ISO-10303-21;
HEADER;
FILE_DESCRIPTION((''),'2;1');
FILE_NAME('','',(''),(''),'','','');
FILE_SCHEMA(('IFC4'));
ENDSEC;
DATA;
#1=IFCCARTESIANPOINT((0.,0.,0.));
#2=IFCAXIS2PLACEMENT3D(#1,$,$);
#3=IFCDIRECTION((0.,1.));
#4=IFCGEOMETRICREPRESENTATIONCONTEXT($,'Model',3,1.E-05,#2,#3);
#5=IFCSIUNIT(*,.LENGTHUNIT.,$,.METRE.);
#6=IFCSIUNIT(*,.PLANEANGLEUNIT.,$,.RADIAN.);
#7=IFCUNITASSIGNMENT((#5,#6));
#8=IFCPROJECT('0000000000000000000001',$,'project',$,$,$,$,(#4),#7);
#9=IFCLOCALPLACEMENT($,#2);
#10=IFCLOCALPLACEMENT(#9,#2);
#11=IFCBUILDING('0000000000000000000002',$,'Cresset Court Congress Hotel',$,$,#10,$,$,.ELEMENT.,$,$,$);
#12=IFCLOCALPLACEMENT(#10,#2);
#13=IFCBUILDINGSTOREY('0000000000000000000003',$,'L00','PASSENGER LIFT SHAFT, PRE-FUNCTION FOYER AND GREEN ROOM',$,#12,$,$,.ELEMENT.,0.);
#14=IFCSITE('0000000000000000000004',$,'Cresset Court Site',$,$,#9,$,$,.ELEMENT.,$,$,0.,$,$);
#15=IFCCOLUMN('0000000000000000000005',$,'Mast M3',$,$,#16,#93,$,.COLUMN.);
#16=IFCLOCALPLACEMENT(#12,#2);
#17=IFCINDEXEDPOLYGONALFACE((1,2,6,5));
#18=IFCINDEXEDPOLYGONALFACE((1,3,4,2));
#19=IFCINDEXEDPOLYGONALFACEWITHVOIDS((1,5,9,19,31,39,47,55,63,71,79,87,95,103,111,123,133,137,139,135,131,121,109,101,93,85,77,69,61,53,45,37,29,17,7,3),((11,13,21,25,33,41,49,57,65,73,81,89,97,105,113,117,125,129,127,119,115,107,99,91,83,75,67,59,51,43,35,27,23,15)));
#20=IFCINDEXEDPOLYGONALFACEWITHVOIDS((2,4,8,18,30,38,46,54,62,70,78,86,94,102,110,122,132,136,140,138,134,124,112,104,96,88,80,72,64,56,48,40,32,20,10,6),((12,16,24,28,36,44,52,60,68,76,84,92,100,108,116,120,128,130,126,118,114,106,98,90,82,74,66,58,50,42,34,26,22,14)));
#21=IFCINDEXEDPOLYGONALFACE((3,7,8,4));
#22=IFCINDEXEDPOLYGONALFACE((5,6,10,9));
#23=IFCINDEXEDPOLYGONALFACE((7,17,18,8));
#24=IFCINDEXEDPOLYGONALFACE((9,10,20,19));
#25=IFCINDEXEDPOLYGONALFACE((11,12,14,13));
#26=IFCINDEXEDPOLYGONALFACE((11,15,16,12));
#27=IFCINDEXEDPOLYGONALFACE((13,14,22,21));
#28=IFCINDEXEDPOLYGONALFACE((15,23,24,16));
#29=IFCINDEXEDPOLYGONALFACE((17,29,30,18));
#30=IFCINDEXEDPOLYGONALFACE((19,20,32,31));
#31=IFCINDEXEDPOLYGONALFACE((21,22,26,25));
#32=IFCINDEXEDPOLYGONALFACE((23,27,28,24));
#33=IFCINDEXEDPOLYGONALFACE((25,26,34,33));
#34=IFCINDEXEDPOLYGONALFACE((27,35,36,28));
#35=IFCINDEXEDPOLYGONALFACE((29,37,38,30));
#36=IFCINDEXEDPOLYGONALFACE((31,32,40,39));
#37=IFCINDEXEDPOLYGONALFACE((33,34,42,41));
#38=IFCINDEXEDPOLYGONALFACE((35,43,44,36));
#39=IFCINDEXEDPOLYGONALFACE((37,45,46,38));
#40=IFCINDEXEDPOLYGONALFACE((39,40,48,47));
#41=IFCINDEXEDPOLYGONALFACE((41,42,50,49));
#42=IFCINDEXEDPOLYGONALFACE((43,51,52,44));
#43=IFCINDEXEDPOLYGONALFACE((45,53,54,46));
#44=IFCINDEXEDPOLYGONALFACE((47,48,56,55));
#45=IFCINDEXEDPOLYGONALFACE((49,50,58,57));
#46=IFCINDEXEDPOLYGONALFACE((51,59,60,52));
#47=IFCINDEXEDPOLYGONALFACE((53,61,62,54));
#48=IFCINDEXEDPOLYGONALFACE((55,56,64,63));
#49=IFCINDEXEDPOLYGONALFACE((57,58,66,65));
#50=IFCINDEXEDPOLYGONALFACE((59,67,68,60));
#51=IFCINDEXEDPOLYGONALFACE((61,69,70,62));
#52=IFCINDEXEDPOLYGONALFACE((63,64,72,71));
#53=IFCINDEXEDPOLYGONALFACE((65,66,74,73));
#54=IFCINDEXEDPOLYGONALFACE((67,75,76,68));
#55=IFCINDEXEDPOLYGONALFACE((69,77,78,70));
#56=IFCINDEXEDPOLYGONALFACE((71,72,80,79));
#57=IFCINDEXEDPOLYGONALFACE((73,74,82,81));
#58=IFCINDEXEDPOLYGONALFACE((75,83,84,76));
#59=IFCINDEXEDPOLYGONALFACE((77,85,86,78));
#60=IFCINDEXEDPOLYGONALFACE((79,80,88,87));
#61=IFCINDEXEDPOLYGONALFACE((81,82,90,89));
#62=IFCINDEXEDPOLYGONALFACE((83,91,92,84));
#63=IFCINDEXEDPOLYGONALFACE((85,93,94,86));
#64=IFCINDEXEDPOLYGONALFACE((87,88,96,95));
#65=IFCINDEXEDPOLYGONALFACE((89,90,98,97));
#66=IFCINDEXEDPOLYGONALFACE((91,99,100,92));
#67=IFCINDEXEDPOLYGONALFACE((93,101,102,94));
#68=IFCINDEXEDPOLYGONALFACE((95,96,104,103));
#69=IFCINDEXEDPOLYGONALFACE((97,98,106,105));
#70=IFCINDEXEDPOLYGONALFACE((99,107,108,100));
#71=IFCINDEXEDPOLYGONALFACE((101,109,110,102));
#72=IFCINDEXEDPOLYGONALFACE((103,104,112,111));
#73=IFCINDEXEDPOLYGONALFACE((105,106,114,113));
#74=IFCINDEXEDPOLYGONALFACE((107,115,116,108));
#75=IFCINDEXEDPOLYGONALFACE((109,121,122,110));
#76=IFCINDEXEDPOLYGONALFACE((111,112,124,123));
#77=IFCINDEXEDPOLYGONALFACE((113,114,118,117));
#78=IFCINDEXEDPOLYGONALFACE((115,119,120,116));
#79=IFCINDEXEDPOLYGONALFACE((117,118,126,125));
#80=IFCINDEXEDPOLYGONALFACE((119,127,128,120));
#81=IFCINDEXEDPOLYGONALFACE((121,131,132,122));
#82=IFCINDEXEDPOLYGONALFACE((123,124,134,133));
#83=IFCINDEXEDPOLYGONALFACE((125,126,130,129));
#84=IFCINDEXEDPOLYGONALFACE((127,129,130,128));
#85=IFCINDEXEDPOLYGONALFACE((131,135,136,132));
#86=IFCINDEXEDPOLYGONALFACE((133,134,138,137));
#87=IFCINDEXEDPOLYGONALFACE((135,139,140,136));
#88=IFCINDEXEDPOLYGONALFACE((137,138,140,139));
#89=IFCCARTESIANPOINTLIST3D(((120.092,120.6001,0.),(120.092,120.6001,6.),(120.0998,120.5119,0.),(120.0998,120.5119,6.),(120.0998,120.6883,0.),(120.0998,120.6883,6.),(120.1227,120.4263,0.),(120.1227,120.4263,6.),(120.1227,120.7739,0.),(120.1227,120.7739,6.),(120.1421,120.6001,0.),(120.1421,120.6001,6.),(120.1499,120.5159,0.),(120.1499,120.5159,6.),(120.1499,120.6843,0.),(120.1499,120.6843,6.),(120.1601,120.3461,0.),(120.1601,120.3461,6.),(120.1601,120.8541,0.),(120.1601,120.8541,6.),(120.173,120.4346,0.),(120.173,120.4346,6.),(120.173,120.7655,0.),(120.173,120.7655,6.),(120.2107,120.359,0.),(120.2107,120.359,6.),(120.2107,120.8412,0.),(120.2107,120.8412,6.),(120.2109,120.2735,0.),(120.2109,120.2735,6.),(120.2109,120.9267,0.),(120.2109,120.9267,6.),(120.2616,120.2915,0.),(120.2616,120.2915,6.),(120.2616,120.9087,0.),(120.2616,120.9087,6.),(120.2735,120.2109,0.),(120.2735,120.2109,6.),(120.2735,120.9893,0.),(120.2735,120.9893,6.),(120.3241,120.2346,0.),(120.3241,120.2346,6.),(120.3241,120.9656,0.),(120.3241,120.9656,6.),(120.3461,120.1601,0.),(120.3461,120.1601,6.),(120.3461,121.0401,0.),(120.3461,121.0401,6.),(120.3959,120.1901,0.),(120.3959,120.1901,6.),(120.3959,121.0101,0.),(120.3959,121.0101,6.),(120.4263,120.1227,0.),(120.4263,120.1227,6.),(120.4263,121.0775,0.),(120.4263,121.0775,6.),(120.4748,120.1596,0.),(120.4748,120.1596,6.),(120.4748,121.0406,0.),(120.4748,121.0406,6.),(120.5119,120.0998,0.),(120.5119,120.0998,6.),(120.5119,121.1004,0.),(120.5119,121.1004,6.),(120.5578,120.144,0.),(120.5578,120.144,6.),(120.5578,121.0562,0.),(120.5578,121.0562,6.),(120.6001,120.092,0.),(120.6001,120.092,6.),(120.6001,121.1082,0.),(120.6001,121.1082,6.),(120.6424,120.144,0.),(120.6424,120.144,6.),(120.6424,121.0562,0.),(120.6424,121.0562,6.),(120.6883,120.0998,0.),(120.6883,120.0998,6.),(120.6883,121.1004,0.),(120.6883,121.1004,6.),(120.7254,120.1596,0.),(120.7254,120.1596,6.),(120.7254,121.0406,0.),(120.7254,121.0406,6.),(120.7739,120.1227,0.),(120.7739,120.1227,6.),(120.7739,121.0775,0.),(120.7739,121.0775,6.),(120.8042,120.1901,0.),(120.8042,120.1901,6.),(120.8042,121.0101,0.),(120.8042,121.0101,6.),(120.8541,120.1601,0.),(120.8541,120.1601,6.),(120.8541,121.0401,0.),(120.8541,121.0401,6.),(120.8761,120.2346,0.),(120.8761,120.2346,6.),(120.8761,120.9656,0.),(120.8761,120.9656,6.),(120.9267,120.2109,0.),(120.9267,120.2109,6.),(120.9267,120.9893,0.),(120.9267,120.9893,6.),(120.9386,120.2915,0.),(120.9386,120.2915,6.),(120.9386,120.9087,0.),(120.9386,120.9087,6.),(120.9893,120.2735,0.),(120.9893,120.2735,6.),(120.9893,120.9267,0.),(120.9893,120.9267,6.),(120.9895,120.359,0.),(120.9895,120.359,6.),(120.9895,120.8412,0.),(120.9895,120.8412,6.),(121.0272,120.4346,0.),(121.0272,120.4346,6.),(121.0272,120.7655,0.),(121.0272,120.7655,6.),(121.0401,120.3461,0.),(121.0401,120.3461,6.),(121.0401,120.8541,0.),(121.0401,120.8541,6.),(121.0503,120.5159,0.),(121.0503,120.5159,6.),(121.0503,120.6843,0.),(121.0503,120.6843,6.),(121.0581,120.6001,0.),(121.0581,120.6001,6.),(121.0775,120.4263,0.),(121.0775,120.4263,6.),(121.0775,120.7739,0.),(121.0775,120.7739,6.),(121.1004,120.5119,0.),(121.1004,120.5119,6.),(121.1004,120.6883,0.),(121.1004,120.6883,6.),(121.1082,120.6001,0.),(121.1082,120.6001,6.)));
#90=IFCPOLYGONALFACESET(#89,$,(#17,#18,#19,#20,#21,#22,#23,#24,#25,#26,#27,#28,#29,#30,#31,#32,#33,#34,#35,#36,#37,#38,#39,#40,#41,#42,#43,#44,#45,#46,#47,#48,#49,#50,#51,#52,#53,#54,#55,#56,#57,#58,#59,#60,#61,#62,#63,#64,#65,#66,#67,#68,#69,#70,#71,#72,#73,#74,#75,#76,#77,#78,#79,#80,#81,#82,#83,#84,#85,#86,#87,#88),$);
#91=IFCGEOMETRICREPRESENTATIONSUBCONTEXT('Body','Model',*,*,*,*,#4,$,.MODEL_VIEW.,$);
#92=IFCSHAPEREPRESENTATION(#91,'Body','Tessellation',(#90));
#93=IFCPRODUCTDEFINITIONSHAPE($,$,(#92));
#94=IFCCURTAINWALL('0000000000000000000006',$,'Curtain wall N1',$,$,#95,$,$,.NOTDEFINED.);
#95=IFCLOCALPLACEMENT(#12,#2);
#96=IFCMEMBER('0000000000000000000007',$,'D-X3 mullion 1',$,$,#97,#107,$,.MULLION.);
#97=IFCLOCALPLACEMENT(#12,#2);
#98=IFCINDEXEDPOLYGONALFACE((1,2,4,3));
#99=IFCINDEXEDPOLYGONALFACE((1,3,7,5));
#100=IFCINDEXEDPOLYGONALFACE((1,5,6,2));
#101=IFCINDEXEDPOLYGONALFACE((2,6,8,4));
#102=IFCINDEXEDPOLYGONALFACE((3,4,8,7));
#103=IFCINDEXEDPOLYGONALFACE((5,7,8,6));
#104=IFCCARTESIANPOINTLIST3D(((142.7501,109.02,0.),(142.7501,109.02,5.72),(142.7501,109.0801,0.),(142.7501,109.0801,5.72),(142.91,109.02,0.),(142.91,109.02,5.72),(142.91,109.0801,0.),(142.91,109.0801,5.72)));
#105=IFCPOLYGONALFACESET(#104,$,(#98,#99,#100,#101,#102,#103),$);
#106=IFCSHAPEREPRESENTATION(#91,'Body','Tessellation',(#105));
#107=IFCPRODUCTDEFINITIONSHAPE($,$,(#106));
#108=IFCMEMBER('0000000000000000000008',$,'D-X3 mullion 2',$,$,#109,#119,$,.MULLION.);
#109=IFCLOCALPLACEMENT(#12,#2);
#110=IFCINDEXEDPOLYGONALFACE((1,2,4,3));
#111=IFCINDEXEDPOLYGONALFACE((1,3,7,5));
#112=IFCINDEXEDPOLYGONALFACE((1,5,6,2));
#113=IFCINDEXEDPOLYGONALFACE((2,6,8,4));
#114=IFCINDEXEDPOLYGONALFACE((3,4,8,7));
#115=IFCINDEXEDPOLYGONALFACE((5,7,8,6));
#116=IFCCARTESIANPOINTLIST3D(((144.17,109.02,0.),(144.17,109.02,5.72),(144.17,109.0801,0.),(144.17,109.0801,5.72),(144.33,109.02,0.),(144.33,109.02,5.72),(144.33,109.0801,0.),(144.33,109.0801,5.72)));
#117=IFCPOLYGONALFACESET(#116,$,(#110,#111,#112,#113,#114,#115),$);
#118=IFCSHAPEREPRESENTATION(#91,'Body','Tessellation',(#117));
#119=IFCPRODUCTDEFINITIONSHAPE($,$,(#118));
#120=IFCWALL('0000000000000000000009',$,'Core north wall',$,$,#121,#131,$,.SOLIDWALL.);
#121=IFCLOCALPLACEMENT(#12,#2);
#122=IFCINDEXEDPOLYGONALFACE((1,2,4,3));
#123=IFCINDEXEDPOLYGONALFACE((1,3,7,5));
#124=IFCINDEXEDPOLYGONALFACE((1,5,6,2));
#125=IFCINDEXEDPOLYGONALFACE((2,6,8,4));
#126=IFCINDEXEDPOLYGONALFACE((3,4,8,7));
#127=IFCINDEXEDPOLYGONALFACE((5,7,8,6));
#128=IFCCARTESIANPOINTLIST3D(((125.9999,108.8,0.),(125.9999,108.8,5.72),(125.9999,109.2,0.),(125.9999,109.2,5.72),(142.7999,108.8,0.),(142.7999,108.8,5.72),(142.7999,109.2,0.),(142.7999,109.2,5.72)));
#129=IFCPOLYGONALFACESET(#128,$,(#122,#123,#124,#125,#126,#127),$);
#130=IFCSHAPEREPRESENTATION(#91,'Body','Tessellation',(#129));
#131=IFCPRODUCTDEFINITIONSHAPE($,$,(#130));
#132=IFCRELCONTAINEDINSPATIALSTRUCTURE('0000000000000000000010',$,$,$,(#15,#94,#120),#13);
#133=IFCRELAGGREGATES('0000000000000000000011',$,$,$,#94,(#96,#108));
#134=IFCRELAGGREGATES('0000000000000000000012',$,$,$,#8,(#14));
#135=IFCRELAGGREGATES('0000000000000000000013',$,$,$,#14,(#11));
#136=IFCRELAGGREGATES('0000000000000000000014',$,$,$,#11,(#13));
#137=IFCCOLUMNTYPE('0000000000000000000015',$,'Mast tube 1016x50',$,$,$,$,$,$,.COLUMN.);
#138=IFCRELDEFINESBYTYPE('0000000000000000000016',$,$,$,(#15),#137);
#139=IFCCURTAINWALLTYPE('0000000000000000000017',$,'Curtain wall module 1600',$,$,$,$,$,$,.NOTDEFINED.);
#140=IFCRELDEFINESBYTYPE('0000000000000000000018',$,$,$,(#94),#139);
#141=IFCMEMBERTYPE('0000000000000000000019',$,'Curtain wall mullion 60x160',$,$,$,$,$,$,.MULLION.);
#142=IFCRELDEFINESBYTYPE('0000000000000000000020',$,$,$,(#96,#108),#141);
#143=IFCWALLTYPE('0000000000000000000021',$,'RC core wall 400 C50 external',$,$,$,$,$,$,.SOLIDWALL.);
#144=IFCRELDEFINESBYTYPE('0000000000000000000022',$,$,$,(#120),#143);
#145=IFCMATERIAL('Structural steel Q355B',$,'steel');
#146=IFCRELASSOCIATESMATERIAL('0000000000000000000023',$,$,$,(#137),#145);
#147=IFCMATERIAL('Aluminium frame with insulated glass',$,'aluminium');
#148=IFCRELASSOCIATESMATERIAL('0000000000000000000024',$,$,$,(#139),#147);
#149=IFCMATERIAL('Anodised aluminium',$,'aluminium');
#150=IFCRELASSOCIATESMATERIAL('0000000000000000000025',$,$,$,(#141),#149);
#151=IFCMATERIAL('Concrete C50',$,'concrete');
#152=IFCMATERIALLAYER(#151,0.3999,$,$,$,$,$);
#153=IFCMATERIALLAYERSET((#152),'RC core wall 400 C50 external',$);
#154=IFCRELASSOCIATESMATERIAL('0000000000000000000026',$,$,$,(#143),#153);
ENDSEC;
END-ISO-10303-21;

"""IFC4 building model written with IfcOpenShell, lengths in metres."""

from ifc_helpers import new_model, si_unit, direction, frame, frame_2d, origin, origin_2d, place, context, subcontext, project, spatial, rectangle, hollow_circle, extrude, material, layer, layer_set, material_profile, profile_set, type_object, element, aggregate, save


model = new_model("IFC4")

# Units and contexts
model_context = context("Model", 3, precision=1e-05, world=origin(), true_north=direction((0.0, 1.0)))
body_context = subcontext(model_context, "Body", "Model", "MODEL_VIEW")
ifc_project = project(units=[si_unit("LENGTHUNIT", "METRE"), si_unit("PLANEANGLEUNIT", "RADIAN")], contexts=[model_context])

# Site, building, storey
site_placement = place(None, origin())
site = spatial("IfcSite", under=ifc_project, at=site_placement, Name="Cresset Court Site", CompositionType="ELEMENT", RefElevation=0.0)
building_placement = place(site_placement, origin())
building = spatial("IfcBuilding", under=site, at=building_placement, Name="Cresset Court Congress Hotel", CompositionType="ELEMENT")
storey_placement = place(building_placement, origin())
storey = spatial("IfcBuildingStorey", under=building, at=storey_placement, Name="L00", Description="PASSENGER LIFT SHAFT, PRE-FUNCTION FOYER AND GREEN ROOM", CompositionType="ELEMENT", Elevation=0.0)

# Column
ifc_material_1 = material(Name="Structural steel Q355B", Category="steel")
ifc_material_profile_1 = material_profile(ifc_material_1, hollow_circle(Radius=0.5081, WallThickness=0.05, at=origin_2d()), Name="CHS1016x50")
ifc_profile_set_1 = profile_set([ifc_material_profile_1], Name="Structural steel Q355B")
column_type = type_object("IfcColumnType", Name="Mast tube 1016x50", PredefinedType="COLUMN", material=ifc_profile_set_1)
column_placement = place(storey_placement, frame((120.6001, 120.6001, 0.0), z_axis=(0.0, 0.0, 1.0), x_axis=(1.0, 0.0, 0.0)))
element("IfcColumn", 1, at=column_placement, inside=storey, type_object=column_type, Name="Mast M3", PredefinedType="COLUMN", context=body_context, shape_type="SweptSolid", body=[
    extrude(hollow_circle(Radius=0.5081, WallThickness=0.05, at=origin_2d()), origin(), (0.0, 0.0, 1.0), 6.0),
])

# Curtain wall, members
ifc_material_2 = material(Name="Aluminium frame with insulated glass", Category="aluminium")
curtain_wall_type = type_object("IfcCurtainWallType", Name="Curtain wall module 1600", PredefinedType="NOTDEFINED", material=ifc_material_2)
curtain_wall_placement = place(storey_placement, origin())
curtain_wall = element("IfcCurtainWall", 2, at=curtain_wall_placement, inside=storey, type_object=curtain_wall_type, Name="Curtain wall N1", PredefinedType="NOTDEFINED")
ifc_material_3 = material(Name="Anodised aluminium", Category="aluminium")
ifc_material_profile_2 = material_profile(ifc_material_3, rectangle(XDim=0.0601, YDim=0.1599, at=origin_2d()), Name="AL60x160")
ifc_profile_set_2 = profile_set([ifc_material_profile_2], Name="Anodised aluminium")
member_type = type_object("IfcMemberType", Name="Curtain wall mullion 60x160", PredefinedType="MULLION", material=ifc_profile_set_2)
member_1_placement = place(storey_placement, frame((142.8301, 109.05, 0.0), z_axis=(0.0, 0.0, 1.0), x_axis=(0.0, 1.0, 0.0)))
member_1 = element("IfcMember", 3, at=member_1_placement, type_object=member_type, Name="D-X3 mullion 1", PredefinedType="MULLION", context=body_context, shape_type="SweptSolid", body=[
    extrude(rectangle(XDim=0.0601, YDim=0.1599, at=origin_2d()), origin(), (0.0, 0.0, 1.0), 5.72),
])
member_2_placement = place(storey_placement, frame((144.25, 109.05, 0.0), z_axis=(0.0, 0.0, 1.0), x_axis=(0.0, 1.0, 0.0)))
member_2 = element("IfcMember", 4, at=member_2_placement, type_object=member_type, Name="D-X3 mullion 2", PredefinedType="MULLION", context=body_context, shape_type="SweptSolid", body=[
    extrude(rectangle(XDim=0.0601, YDim=0.1599, at=origin_2d()), origin(), (0.0, 0.0, 1.0), 5.72),
])
aggregate(curtain_wall, [member_1, member_2])

# Wall
ifc_material_4 = material(Name="Concrete C50", Category="concrete")
ifc_layer_1 = layer(ifc_material_4, 0.3999)
ifc_layer_set_1 = layer_set([ifc_layer_1], Name="RC core wall 400 C50 external")
wall_type_1 = type_object("IfcWallType", Name="RC core wall 400 C50 external", PredefinedType="SOLIDWALL", material=ifc_layer_set_1)
wall_1_placement = place(storey_placement, frame((126.0, 109.0, 0.0), z_axis=(0.0, 0.0, 1.0), x_axis=(1.0, 0.0, 0.0)))
element("IfcWall", 5, at=wall_1_placement, inside=storey, type_object=wall_type_1, Name="Core north wall", PredefinedType="SOLIDWALL", context=body_context, shape_type="SweptSolid", body=[
    extrude(rectangle(XDim=16.8, YDim=0.3999, at=frame_2d((8.3999, 0.0))), origin(), (0.0, 0.0, 1.0), 5.72),
])

save(model, "model.ifc")
